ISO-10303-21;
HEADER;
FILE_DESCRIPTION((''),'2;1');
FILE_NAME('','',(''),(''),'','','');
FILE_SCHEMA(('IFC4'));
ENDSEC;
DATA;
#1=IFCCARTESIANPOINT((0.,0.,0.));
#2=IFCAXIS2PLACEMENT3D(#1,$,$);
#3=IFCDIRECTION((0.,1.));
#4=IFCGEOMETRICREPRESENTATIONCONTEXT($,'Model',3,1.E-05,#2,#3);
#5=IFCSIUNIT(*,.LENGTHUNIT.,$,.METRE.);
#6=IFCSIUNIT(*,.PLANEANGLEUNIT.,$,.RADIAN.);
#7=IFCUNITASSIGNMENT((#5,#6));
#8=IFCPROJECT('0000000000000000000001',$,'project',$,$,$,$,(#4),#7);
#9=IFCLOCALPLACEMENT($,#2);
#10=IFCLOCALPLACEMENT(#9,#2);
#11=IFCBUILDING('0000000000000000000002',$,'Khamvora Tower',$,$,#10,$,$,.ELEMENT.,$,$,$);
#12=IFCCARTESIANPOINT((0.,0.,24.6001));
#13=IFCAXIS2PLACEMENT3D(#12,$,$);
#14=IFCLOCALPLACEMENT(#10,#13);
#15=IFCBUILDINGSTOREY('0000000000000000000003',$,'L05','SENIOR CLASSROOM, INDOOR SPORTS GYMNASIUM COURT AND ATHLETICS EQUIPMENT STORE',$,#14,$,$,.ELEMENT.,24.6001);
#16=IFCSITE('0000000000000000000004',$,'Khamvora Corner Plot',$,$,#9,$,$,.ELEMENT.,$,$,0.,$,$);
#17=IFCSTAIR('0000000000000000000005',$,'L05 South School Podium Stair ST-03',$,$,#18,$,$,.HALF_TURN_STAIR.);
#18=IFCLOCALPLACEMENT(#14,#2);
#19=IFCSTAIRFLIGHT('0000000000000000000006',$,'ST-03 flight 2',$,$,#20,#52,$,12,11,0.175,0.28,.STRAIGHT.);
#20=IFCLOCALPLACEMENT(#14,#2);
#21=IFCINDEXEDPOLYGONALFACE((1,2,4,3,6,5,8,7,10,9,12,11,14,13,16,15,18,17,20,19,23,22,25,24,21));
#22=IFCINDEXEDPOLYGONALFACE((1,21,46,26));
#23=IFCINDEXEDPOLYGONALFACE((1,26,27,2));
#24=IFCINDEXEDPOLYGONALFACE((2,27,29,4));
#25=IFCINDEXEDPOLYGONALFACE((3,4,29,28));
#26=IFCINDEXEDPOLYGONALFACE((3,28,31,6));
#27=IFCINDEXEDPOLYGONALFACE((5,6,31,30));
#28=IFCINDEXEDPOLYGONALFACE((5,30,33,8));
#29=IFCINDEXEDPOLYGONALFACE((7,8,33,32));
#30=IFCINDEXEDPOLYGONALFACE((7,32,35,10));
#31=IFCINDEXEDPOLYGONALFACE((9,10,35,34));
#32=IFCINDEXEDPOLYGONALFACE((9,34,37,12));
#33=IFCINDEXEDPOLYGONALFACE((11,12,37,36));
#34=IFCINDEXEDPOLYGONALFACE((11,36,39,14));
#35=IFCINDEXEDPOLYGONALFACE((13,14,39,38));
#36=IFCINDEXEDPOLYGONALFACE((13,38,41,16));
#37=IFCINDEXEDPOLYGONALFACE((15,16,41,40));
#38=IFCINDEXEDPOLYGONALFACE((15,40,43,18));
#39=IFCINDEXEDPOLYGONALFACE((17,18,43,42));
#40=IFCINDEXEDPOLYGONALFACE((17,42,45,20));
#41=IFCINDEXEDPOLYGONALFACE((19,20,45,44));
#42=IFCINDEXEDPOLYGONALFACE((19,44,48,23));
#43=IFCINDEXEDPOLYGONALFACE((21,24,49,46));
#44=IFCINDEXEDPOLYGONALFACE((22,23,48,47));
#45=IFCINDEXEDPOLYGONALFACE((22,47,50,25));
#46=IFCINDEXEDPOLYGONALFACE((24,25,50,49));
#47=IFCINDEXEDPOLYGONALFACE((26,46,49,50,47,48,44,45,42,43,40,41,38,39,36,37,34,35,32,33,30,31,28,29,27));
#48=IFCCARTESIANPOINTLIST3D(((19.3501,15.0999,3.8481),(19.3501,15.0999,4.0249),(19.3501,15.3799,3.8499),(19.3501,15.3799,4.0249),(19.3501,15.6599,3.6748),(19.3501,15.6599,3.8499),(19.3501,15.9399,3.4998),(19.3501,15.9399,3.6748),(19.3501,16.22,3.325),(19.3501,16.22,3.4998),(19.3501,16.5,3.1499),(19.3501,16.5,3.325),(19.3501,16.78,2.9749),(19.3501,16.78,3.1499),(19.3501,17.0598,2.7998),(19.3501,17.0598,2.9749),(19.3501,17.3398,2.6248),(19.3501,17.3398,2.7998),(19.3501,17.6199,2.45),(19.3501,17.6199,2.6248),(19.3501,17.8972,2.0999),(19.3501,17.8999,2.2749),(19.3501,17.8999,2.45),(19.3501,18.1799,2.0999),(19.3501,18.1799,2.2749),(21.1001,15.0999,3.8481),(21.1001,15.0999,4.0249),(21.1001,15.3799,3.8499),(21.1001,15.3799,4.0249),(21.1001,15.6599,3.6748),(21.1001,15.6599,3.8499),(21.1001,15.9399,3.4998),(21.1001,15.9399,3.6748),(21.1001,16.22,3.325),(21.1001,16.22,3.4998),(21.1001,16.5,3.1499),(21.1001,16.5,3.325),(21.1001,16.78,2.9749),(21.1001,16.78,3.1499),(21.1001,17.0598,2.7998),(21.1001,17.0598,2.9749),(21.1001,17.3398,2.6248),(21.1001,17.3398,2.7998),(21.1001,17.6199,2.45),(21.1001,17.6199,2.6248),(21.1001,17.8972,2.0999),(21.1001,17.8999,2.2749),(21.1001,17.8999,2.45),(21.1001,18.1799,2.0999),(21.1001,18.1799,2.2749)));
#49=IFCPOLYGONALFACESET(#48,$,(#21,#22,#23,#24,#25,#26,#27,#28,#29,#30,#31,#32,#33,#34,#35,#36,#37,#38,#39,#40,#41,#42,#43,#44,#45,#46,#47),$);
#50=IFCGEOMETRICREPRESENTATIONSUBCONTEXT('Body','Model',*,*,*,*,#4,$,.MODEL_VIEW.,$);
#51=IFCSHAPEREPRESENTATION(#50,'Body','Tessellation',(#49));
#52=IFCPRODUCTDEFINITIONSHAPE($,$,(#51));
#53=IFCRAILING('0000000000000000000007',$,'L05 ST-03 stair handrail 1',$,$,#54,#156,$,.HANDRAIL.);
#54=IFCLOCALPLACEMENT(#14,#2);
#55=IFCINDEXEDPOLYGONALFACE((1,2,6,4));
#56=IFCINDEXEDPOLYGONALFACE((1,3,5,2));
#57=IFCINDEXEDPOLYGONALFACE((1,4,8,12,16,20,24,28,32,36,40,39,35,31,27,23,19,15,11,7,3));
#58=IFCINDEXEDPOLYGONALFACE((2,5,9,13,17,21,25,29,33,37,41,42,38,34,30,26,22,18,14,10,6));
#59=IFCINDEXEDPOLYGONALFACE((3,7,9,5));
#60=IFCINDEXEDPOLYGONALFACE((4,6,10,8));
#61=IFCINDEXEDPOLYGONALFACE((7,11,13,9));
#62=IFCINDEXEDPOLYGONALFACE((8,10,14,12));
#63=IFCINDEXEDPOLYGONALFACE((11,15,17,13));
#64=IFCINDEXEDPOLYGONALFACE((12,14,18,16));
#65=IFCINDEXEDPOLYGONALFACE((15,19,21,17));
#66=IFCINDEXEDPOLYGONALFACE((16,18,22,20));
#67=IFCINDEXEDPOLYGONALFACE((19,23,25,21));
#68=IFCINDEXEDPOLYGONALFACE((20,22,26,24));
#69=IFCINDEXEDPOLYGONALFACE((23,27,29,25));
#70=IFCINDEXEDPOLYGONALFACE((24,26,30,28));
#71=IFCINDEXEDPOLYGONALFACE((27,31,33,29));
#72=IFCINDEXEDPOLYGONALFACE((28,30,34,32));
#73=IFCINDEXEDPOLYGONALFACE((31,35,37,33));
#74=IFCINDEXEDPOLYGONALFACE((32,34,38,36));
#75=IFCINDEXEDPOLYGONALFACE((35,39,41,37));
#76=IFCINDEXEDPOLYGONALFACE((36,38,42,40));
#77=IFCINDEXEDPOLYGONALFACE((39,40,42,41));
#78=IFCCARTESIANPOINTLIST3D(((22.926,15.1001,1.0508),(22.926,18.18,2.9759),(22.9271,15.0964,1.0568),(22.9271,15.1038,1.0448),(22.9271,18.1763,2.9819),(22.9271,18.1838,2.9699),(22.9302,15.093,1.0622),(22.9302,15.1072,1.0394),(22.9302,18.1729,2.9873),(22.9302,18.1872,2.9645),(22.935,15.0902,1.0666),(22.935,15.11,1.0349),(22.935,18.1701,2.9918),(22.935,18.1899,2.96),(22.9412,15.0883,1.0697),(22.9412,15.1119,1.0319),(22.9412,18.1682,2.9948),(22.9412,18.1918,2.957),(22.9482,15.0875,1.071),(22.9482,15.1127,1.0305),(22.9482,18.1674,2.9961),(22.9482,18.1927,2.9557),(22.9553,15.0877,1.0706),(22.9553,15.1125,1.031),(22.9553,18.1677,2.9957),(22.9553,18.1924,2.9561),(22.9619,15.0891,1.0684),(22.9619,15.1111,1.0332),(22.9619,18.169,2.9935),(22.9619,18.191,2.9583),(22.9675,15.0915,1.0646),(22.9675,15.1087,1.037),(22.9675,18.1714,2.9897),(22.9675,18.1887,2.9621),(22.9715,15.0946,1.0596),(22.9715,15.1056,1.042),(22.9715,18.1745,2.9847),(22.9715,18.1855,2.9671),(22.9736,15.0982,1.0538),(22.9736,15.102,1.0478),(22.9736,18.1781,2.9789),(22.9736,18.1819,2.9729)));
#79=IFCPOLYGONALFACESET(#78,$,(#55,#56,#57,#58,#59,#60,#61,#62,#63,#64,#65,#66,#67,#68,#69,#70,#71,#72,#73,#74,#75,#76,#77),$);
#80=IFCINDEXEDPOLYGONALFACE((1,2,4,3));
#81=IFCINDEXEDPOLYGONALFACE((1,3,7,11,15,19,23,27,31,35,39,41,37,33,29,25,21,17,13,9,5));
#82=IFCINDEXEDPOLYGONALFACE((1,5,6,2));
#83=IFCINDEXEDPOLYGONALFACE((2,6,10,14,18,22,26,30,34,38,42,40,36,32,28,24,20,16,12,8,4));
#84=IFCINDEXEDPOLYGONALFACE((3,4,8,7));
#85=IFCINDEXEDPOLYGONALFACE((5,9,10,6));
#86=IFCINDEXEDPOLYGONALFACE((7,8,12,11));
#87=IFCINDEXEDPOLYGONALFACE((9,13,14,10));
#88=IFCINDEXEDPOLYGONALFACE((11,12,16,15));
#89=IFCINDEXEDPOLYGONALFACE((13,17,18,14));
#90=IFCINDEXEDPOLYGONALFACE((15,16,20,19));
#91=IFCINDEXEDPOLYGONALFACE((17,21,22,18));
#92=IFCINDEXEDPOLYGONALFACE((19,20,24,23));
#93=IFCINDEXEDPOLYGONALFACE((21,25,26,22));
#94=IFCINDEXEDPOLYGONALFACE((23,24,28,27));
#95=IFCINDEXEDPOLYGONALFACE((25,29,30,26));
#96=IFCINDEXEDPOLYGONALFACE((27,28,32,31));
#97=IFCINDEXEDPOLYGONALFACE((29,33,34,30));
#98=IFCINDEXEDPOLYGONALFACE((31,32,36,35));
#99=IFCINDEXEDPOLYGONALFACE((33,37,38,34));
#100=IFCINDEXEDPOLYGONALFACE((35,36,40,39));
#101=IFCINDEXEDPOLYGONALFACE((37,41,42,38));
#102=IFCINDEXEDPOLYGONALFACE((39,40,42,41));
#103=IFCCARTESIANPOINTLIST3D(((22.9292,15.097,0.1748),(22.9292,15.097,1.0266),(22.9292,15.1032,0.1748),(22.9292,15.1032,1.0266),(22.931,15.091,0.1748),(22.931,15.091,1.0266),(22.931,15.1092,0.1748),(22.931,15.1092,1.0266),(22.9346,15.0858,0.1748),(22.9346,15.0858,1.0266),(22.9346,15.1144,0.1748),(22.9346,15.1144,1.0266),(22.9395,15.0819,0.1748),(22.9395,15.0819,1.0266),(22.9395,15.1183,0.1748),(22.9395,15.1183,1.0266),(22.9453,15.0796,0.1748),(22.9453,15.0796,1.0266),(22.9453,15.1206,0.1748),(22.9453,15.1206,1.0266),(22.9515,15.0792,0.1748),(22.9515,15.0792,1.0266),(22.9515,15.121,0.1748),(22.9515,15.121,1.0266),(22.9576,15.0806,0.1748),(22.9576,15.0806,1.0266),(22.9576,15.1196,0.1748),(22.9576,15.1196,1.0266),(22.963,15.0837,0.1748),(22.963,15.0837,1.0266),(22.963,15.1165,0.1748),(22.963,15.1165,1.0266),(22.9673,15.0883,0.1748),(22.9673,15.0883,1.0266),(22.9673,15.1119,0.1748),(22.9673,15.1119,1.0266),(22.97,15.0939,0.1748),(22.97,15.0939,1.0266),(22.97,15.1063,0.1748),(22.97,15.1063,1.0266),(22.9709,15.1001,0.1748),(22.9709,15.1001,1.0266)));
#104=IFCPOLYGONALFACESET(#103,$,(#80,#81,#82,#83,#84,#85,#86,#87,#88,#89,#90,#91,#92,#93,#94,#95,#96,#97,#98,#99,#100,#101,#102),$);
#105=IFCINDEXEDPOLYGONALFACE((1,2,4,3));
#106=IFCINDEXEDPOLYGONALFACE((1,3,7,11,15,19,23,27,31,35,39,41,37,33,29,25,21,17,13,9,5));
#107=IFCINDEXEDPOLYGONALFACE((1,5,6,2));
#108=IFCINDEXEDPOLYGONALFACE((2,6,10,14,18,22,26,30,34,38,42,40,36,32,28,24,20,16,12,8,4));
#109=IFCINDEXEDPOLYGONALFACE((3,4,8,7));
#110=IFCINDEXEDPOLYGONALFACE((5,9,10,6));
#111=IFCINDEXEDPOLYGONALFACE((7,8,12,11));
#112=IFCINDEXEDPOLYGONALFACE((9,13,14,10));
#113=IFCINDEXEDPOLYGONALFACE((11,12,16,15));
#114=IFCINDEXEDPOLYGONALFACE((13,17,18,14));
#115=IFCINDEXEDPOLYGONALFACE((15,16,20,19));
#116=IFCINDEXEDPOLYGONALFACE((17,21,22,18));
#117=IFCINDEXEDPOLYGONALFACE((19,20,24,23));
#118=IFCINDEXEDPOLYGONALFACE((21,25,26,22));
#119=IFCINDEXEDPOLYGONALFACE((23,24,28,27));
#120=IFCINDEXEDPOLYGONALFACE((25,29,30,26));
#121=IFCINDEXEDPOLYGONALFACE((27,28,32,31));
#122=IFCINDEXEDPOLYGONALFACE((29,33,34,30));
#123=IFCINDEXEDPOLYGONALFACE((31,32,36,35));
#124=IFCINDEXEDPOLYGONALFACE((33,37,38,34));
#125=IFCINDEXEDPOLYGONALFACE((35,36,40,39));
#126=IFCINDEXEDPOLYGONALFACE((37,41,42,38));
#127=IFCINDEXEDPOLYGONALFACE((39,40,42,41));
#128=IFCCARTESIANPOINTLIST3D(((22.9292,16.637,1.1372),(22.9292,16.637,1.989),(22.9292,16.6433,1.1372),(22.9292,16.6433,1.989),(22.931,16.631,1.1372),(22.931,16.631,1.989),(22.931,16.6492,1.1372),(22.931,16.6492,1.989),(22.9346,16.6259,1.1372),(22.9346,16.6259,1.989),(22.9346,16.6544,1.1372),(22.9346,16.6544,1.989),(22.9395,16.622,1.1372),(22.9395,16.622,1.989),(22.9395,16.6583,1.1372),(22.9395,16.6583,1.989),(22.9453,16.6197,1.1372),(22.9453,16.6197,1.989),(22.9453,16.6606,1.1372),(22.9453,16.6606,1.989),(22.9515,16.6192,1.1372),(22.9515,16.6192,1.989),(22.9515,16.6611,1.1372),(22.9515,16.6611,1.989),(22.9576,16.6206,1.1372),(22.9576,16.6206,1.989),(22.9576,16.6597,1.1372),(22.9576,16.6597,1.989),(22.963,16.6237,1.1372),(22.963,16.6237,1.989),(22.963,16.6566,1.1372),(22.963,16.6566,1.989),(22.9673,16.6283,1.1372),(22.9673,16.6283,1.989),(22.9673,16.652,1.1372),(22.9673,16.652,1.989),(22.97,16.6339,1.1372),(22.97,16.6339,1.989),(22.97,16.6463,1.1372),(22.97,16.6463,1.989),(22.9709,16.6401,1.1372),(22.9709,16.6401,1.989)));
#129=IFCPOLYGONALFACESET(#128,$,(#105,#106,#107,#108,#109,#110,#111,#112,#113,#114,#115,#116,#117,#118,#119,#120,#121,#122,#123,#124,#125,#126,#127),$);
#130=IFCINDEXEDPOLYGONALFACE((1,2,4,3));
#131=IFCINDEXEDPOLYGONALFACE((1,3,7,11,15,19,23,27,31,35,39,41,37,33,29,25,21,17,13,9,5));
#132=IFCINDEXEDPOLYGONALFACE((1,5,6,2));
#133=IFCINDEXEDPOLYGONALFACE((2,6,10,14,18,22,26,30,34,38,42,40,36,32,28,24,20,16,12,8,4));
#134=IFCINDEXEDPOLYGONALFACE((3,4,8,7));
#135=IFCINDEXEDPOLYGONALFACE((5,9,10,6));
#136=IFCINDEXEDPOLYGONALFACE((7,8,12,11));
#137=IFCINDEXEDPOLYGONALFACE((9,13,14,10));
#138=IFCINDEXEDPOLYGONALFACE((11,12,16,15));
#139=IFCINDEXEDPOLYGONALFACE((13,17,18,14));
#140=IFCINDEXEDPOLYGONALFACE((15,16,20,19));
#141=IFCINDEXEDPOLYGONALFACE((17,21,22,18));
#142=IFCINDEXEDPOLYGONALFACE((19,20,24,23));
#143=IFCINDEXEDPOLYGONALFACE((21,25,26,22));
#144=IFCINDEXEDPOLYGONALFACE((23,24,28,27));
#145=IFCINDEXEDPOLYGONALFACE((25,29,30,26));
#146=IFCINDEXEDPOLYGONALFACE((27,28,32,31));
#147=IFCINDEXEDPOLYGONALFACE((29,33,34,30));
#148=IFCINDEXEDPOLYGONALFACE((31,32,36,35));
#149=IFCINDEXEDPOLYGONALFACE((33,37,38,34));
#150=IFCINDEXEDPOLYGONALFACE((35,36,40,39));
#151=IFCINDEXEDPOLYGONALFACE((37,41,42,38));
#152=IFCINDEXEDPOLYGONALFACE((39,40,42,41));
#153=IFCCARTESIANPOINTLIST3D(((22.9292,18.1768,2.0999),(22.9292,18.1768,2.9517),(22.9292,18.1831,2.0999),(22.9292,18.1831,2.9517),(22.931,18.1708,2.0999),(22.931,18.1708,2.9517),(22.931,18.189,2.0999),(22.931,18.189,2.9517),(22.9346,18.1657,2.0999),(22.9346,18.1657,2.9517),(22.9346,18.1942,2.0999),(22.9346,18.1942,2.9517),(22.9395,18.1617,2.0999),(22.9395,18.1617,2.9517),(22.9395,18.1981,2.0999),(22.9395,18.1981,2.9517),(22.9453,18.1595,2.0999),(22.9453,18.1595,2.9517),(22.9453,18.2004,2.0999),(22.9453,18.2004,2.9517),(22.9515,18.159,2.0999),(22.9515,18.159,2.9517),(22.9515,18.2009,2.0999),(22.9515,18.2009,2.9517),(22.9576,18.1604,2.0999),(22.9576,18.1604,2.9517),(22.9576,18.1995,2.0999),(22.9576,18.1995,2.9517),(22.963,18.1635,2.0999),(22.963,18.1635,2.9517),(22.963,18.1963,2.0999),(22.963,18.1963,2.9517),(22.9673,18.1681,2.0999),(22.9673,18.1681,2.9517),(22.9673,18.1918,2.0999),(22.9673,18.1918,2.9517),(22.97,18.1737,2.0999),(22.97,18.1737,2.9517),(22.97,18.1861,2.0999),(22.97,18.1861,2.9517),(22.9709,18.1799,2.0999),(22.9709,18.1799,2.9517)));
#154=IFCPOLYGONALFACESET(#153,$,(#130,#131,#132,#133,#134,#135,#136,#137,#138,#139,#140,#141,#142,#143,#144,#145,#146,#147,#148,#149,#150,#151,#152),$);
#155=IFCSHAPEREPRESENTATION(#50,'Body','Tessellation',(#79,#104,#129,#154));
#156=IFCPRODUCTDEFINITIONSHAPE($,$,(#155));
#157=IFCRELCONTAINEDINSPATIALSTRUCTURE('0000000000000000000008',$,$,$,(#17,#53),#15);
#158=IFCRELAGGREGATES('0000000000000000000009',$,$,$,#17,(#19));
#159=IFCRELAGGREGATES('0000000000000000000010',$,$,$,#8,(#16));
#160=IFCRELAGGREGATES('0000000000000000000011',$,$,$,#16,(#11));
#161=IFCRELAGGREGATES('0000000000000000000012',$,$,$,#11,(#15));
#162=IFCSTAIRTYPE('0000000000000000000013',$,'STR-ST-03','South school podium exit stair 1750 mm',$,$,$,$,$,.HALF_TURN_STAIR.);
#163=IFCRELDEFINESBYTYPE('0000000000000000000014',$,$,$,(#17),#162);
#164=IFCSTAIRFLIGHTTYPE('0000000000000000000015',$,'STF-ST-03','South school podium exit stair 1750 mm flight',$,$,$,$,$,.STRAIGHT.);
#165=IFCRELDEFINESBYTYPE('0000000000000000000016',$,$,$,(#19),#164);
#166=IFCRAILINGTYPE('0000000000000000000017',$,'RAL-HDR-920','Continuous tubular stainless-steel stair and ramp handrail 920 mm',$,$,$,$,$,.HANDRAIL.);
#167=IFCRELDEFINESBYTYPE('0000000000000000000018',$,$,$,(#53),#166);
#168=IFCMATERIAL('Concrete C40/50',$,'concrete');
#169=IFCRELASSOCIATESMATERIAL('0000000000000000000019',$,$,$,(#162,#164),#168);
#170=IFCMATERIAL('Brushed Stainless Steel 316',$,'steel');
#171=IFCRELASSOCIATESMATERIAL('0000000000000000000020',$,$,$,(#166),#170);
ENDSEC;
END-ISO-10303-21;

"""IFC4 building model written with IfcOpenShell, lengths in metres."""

from ifc_helpers import new_model, si_unit, direction, frame, origin, origin_2d, place, context, subcontext, project, spatial, polyline, circle, outline, extrude, material, type_object, element, aggregate, save


model = new_model("IFC4")

# Units and contexts
model_context = context("Model", 3, precision=1e-05, world=origin(), true_north=direction((0.0, 1.0)))
body_context = subcontext(model_context, "Body", "Model", "MODEL_VIEW")
ifc_project = project(units=[si_unit("LENGTHUNIT", "METRE"), si_unit("PLANEANGLEUNIT", "RADIAN")], contexts=[model_context])

# Site, building, storey
site_placement = place(None, origin())
site = spatial("IfcSite", under=ifc_project, at=site_placement, Name="Khamvora Corner Plot", CompositionType="ELEMENT", RefElevation=0.0)
building_placement = place(site_placement, origin())
building = spatial("IfcBuilding", under=site, at=building_placement, Name="Khamvora Tower", CompositionType="ELEMENT")
storey_placement = place(building_placement, frame((0.0, 0.0, 24.6001)))
storey = spatial("IfcBuildingStorey", under=building, at=storey_placement, Name="L05", Description="SENIOR CLASSROOM, INDOOR SPORTS GYMNASIUM COURT AND ATHLETICS EQUIPMENT STORE", CompositionType="ELEMENT", Elevation=24.6001)

# Shared definitions
ifc_material_1 = material(Name="Concrete C40/50", Category="concrete")

# Stair, stair flight
stair_type = type_object("IfcStairType", Name="STR-ST-03", Description="South school podium exit stair 1750 mm", PredefinedType="HALF_TURN_STAIR", material=ifc_material_1)
stair_placement = place(storey_placement, origin())
stair = element("IfcStair", 1, at=stair_placement, inside=storey, type_object=stair_type, Name="L05 South School Podium Stair ST-03", PredefinedType="HALF_TURN_STAIR")
stair_flight_type = type_object("IfcStairFlightType", Name="STF-ST-03", Description="South school podium exit stair 1750 mm flight", PredefinedType="STRAIGHT", material=ifc_material_1)
stair_flight_1_placement = place(storey_placement, frame((20.2251, 18.1799, 2.0999), z_axis=(0.0, 0.0, 1.0), x_axis=(0.0, -1.0, 0.0)))
stair_flight_1 = element("IfcStairFlight", 2, at=stair_flight_1_placement, type_object=stair_flight_type, Name="ST-03 flight 2", NumberOfRisers=12, NumberOfTreads=11, PredefinedType="STRAIGHT", RiserHeight=0.175, TreadLength=0.28, context=body_context, shape_type="SweptSolid", body=[
    extrude(outline(polyline([(0.0, 0.0), (0.0, 0.175), (0.28, 0.175), (0.28, 0.3501), (0.5601, 0.3501), (0.5601, 0.5249), (0.8401, 0.5249), (0.8401, 0.7), (1.1201, 0.7), (1.1201, 0.875), (1.3999, 0.875), (1.3999, 1.05), (1.6799, 1.05), (1.6799, 1.2251), (1.96, 1.2251), (1.96, 1.3999), (2.24, 1.3999), (2.24, 1.575), (2.52, 1.575), (2.52, 1.75), (2.8, 1.75), (2.8, 1.925), (3.0801, 1.925), (3.0801, 2.1001), (3.0801, 1.7483), (0.2827, 0.0), (0.0, 0.0)])), frame((0.0, 0.875, 0.0), z_axis=(0.0, -1.0, 0.0), x_axis=(1.0, 0.0, 0.0)), (0.0, 0.0, 1.0), 1.75),
])
aggregate(stair, [stair_flight_1])

# Railing
ifc_material_2 = material(Name="Brushed Stainless Steel 316", Category="steel")
railing_type_1 = type_object("IfcRailingType", Name="RAL-HDR-920", Description="Continuous tubular stainless-steel stair and ramp handrail 920 mm", PredefinedType="HANDRAIL", material=ifc_material_2)
railing_1_placement = place(storey_placement, frame((22.95, 15.1001, 0.1748)))
element("IfcRailing", 3, at=railing_1_placement, inside=storey, type_object=railing_type_1, Name="L05 ST-03 stair handrail 1", PredefinedType="HANDRAIL", context=body_context, shape_type="SweptSolid", body=[
    extrude(circle(Radius=0.0239, at=origin_2d()), frame((0.0, 0.0, 0.876), z_axis=(0.0, 0.847979, 0.530029), x_axis=(-1.0, 0.0, 0.0)), (0.0, 0.0, 1.0), 3.6321),
    extrude(circle(Radius=0.021, at=origin_2d()), origin(), (0.0, 0.0, 1.0), 0.8518),
    extrude(circle(Radius=0.021, at=origin_2d()), frame((0.0, 1.54, 0.9624)), (0.0, 0.0, 1.0), 0.8518),
    extrude(circle(Radius=0.021, at=origin_2d()), frame((0.0, 3.0798, 1.925)), (0.0, 0.0, 1.0), 0.8518),
])

save(model, "model.ifc")
